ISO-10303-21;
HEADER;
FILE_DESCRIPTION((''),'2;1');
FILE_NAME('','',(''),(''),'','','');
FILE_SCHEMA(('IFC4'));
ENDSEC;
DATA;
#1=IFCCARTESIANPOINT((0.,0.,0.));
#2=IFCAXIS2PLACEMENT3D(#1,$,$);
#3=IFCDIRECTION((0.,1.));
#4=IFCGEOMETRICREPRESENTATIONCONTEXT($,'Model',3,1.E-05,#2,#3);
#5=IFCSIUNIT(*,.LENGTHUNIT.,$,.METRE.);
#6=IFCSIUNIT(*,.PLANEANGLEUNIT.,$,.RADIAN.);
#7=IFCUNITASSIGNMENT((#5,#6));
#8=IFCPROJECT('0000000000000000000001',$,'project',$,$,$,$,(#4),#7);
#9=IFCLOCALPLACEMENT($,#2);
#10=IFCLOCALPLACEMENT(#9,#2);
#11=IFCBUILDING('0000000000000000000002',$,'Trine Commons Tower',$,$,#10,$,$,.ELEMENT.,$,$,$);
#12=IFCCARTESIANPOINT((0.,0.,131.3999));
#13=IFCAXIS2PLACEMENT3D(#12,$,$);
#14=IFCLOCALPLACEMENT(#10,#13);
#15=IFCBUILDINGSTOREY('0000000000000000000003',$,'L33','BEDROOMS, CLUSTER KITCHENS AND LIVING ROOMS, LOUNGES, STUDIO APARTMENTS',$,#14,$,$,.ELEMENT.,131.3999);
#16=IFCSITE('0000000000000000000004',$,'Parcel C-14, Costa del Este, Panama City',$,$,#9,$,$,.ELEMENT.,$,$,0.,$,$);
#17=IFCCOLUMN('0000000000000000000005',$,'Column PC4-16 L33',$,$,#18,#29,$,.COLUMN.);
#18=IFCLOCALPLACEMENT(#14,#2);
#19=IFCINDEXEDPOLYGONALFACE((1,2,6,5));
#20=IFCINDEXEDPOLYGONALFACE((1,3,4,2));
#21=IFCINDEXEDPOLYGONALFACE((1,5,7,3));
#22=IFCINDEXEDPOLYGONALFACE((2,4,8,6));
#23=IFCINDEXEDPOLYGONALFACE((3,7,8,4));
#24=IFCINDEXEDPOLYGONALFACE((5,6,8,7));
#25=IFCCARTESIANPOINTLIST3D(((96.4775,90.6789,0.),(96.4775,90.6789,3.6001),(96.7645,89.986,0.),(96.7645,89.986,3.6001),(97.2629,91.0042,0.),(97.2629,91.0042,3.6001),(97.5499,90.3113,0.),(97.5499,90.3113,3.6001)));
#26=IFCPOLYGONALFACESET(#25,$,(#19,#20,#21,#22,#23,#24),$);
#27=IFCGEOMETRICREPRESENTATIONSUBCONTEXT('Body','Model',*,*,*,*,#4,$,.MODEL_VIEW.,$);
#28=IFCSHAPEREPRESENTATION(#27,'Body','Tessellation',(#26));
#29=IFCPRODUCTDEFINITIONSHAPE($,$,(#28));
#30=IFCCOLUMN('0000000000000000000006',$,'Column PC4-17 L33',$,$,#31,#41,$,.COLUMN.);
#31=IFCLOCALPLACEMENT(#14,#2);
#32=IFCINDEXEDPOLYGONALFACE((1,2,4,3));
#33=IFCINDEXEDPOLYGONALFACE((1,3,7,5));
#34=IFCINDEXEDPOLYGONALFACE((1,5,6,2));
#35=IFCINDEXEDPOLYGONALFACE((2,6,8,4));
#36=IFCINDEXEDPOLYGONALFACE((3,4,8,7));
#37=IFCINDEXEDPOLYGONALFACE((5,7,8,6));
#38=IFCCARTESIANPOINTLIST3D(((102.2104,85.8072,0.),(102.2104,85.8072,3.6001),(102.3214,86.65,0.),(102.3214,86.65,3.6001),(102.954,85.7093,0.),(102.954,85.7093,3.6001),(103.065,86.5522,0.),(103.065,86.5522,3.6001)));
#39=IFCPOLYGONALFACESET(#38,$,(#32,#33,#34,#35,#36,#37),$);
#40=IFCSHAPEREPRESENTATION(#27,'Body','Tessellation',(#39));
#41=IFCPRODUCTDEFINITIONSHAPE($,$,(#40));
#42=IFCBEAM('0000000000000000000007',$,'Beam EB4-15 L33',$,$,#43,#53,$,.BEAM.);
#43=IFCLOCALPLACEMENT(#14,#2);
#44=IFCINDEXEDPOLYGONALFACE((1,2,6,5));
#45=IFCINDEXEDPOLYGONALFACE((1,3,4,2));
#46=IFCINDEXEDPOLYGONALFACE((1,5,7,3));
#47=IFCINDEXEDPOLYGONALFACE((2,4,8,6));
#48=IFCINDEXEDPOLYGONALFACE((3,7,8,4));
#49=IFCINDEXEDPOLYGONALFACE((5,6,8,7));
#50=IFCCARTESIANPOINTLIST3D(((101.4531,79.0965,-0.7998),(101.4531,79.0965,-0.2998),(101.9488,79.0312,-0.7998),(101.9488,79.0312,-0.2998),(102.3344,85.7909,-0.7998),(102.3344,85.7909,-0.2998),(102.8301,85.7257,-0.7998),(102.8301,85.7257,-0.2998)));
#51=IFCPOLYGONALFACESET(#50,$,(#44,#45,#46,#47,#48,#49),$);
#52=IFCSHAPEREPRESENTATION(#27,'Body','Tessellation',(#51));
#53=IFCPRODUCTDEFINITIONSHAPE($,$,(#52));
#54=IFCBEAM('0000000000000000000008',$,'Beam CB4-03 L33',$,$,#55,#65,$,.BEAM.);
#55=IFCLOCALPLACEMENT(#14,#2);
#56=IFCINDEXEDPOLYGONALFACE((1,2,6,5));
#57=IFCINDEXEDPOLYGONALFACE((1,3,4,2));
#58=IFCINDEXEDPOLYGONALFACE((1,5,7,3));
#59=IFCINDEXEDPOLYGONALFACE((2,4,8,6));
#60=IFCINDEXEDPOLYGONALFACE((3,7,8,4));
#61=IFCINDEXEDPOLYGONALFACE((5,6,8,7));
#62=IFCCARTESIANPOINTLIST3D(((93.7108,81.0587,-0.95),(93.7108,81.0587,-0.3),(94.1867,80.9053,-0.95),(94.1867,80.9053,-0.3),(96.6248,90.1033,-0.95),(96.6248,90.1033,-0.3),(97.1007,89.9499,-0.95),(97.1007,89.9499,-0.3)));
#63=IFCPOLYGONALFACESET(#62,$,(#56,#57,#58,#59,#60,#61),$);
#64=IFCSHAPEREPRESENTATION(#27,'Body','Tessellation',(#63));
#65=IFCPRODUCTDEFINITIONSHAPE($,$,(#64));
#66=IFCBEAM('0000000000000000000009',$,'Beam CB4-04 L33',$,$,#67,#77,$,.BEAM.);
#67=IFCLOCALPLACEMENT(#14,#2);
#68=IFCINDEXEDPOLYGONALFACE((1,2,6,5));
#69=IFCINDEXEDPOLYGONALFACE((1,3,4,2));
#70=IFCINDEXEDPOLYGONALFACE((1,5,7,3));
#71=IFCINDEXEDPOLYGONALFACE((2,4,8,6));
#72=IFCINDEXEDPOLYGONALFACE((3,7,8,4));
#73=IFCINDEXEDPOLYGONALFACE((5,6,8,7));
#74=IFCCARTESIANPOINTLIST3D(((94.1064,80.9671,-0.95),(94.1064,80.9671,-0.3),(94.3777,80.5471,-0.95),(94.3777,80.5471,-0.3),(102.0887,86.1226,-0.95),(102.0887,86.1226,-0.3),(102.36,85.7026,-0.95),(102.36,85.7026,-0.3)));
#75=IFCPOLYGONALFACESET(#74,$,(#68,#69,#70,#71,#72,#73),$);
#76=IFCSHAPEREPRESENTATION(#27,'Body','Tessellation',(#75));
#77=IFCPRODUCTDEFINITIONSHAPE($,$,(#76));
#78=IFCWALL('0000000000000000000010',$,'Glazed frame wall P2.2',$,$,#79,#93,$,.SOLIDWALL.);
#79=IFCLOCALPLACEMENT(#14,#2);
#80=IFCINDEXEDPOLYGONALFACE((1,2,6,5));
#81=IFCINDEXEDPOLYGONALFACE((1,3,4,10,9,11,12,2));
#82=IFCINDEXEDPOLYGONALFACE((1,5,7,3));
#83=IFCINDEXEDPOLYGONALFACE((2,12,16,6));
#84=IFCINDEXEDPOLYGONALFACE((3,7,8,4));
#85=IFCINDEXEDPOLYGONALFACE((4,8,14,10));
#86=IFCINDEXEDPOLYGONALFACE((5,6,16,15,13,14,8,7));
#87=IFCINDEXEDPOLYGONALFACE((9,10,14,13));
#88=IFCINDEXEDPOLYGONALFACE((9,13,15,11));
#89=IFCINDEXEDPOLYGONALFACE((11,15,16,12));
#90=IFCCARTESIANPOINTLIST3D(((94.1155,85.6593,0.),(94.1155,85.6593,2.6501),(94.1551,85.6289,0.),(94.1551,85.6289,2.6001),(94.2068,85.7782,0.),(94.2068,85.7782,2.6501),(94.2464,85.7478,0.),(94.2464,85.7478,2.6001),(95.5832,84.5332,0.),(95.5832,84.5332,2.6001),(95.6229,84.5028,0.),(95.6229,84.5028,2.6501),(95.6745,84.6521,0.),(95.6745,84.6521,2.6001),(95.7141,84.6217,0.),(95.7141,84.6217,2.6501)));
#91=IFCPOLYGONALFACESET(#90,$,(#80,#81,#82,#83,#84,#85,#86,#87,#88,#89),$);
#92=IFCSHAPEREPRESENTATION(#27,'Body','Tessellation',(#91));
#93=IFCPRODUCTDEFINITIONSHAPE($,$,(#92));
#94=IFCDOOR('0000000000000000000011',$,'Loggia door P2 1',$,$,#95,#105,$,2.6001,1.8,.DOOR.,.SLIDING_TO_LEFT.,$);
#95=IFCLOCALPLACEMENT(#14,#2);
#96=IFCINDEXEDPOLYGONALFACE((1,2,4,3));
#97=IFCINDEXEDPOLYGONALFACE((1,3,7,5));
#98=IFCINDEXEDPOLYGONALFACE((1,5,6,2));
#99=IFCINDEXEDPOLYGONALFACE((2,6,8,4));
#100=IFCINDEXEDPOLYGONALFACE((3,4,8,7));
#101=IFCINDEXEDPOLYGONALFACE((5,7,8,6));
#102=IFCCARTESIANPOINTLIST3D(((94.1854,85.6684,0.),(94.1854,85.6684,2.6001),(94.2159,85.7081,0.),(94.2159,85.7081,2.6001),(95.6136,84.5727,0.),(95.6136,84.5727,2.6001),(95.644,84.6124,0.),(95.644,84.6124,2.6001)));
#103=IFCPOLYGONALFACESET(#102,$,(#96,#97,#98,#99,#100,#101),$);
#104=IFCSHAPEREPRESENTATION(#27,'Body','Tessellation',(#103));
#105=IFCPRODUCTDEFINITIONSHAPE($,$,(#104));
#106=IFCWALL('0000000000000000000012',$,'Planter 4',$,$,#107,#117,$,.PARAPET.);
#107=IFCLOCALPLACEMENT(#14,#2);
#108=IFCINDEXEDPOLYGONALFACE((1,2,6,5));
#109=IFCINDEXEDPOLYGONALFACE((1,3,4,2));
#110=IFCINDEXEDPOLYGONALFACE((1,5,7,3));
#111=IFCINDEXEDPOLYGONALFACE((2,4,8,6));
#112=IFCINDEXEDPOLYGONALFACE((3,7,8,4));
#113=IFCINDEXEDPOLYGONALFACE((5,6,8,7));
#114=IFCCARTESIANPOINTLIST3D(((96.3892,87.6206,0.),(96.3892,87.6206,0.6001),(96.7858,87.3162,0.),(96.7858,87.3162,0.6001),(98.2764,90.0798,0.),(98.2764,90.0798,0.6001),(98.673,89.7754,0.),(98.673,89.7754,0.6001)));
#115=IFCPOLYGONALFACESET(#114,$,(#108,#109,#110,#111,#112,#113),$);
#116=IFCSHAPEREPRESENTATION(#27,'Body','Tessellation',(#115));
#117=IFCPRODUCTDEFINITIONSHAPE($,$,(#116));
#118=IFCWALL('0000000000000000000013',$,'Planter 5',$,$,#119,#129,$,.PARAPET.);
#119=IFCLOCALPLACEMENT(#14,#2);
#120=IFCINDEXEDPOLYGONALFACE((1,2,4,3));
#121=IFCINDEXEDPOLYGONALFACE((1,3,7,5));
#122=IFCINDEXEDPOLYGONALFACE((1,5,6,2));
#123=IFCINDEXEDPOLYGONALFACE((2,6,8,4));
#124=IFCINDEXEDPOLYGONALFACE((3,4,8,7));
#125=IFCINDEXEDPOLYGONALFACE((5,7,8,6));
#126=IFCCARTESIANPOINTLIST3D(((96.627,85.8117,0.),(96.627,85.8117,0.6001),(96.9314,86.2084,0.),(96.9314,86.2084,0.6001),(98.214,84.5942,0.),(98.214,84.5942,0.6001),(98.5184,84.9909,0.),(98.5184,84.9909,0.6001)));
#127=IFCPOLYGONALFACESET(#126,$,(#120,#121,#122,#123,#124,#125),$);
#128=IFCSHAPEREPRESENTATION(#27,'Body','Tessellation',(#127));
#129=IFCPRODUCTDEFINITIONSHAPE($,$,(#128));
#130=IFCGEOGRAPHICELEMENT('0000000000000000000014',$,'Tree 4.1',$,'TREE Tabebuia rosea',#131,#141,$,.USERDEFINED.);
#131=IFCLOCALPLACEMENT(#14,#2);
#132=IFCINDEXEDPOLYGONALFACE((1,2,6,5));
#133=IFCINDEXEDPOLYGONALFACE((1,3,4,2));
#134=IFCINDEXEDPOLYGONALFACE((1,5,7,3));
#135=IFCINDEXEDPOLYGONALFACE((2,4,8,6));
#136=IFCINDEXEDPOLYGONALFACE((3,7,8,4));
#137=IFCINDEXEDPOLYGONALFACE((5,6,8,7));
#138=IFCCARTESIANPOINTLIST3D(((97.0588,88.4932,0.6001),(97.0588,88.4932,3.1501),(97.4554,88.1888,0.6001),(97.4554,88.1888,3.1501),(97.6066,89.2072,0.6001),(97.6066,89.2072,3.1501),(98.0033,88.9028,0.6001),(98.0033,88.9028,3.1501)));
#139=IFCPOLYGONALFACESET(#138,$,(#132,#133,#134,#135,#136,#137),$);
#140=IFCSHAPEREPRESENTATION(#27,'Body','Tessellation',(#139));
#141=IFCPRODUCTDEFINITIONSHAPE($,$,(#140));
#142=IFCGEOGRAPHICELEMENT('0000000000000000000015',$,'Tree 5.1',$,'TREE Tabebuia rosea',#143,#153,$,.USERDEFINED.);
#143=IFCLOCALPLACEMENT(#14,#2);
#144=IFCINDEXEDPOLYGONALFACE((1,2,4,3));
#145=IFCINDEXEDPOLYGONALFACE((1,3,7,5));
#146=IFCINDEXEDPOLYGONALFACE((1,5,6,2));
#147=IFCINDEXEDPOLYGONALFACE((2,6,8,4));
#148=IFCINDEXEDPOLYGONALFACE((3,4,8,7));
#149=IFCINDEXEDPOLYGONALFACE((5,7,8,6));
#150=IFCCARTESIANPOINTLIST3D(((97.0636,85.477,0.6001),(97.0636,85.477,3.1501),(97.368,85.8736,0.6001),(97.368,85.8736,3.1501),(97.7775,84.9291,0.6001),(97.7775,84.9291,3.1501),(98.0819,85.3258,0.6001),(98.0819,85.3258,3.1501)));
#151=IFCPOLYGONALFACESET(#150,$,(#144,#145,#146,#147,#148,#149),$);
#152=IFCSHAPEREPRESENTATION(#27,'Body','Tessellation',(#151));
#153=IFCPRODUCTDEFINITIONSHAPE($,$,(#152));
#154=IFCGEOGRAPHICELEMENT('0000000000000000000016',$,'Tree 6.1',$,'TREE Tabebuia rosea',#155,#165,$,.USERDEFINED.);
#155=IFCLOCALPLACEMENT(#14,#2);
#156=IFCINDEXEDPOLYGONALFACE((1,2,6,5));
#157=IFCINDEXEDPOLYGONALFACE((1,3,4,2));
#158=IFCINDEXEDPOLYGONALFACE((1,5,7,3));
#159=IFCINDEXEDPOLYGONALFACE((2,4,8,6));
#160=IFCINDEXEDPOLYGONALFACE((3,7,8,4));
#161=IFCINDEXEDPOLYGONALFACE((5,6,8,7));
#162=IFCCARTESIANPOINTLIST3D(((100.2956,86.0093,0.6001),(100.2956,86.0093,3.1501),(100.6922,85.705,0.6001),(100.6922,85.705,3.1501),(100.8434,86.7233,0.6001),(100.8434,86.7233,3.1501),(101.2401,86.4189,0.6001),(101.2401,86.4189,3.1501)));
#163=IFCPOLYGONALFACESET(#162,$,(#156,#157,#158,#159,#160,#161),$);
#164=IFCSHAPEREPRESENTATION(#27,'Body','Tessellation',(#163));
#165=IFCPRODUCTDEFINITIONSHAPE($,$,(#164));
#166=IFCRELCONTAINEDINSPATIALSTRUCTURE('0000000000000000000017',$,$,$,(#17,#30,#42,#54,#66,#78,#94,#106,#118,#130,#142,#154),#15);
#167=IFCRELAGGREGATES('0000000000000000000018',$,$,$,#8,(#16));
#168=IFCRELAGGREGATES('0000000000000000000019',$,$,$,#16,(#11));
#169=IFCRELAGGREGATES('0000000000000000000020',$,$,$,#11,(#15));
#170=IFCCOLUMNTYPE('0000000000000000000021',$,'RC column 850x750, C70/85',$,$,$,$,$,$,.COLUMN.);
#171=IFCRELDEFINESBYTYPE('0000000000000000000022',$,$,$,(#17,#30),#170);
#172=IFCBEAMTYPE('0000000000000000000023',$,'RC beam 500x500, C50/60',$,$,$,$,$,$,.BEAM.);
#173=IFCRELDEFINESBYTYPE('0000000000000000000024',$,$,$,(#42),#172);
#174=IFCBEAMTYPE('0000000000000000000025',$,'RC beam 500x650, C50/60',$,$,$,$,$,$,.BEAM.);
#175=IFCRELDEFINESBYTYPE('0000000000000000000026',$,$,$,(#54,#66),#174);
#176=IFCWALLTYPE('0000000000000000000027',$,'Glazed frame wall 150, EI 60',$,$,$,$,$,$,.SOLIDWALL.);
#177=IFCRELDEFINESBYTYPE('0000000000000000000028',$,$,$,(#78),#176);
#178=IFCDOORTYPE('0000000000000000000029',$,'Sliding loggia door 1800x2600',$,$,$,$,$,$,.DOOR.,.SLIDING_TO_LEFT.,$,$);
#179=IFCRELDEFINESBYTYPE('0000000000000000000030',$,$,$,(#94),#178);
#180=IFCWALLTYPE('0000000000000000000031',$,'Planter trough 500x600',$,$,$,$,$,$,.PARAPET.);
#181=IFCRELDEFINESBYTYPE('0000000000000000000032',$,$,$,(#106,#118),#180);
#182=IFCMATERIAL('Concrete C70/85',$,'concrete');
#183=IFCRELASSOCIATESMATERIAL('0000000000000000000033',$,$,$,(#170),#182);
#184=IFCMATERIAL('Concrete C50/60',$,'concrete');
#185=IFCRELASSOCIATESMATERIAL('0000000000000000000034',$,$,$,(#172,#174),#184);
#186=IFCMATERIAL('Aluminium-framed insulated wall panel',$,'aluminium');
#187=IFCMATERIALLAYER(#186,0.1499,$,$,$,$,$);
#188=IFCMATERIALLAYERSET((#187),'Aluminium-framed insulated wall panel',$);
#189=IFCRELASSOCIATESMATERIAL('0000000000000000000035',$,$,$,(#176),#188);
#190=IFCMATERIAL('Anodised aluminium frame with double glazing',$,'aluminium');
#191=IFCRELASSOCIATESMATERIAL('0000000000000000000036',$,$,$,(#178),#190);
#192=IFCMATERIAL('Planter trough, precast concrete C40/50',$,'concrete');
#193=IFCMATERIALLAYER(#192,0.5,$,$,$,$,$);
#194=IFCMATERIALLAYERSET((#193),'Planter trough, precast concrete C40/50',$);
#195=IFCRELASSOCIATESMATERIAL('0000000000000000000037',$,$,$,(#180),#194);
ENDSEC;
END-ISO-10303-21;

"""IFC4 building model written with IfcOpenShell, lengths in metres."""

from ifc_helpers import new_model, si_unit, direction, frame, frame_2d, origin, origin_2d, place, context, subcontext, project, spatial, polyline, rectangle, outline, extrude, material, layer, layer_set, material_profile, profile_set, type_object, element, fill, save


model = new_model("IFC4")

# Units and contexts
model_context = context("Model", 3, precision=1e-05, world=origin(), true_north=direction((0.0, 1.0)))
body_context = subcontext(model_context, "Body", "Model", "MODEL_VIEW")
ifc_project = project(units=[si_unit("LENGTHUNIT", "METRE"), si_unit("PLANEANGLEUNIT", "RADIAN")], contexts=[model_context])

# Site, building, storey
site_placement = place(None, origin())
site = spatial("IfcSite", under=ifc_project, at=site_placement, Name="Parcel C-14, Costa del Este, Panama City", CompositionType="ELEMENT", RefElevation=0.0)
building_placement = place(site_placement, origin())
building = spatial("IfcBuilding", under=site, at=building_placement, Name="Trine Commons Tower", CompositionType="ELEMENT")
storey_placement = place(building_placement, frame((0.0, 0.0, 131.3999)))
storey = spatial("IfcBuildingStorey", under=building, at=storey_placement, Name="L33", Description="BEDROOMS, CLUSTER KITCHENS AND LIVING ROOMS, LOUNGES, STUDIO APARTMENTS", CompositionType="ELEMENT", Elevation=131.3999)

# Columns
ifc_material_1 = material(Name="Concrete C70/85", Category="concrete")
ifc_material_profile_1 = material_profile(ifc_material_1, rectangle(XDim=0.8501, YDim=0.75, at=origin_2d()), Name="RC 850x750")
ifc_profile_set_1 = profile_set([ifc_material_profile_1], Name="Concrete C70/85")
column_type = type_object("IfcColumnType", Name="RC column 850x750, C70/85", PredefinedType="COLUMN", material=ifc_profile_set_1)
for number, where, z_axis, x_axis, name in (
    (1, (97.0137, 90.4951, 0.0), (0.0, 0.0, 1.0), (0.92388, 0.382683, 0.0), "Column PC4-16 L33"),
    (2, (102.6377, 86.1797, 0.0), (0.0, 0.0, 1.0), (0.130526, 0.991445, 0.0), "Column PC4-17 L33"),
):
    element("IfcColumn", number, at=place(storey_placement, frame(where, z_axis=z_axis, x_axis=x_axis)), inside=storey, type_object=column_type, Name=name, PredefinedType="COLUMN", context=body_context, shape_type="SweptSolid", body=[
        extrude(rectangle(XDim=0.8501, YDim=0.75, at=origin_2d()), origin(), (0.0, 0.0, 1.0), 3.6001),
    ])

# Beams
ifc_material_2 = material(Name="Concrete C50/60", Category="concrete")
ifc_material_profile_2 = material_profile(ifc_material_2, rectangle(XDim=0.5, YDim=0.5, at=origin_2d()), Name="RC 500x500")
ifc_profile_set_2 = profile_set([ifc_material_profile_2], Name="Concrete C50/60")
beam_type_1 = type_object("IfcBeamType", Name="RC beam 500x500, C50/60", PredefinedType="BEAM", material=ifc_profile_set_2)
beam_placement = place(storey_placement, frame((102.5823, 85.7583, -0.5498), z_axis=(-0.130529, -0.991444, 0.0), x_axis=(0.991444, -0.130529, 0.0)))
element("IfcBeam", 3, at=beam_placement, inside=storey, type_object=beam_type_1, Name="Beam EB4-15 L33", PredefinedType="BEAM", context=body_context, shape_type="SweptSolid", body=[
    extrude(rectangle(XDim=0.5, YDim=0.5, at=origin_2d()), origin(), (0.0, 0.0, 1.0), 6.7522),
])
ifc_material_profile_3 = material_profile(ifc_material_2, rectangle(XDim=0.5, YDim=0.6499, at=origin_2d()), Name="RC 500x650")
ifc_profile_set_3 = profile_set([ifc_material_profile_3], Name="Concrete C50/60")
beam_type_2 = type_object("IfcBeamType", Name="RC beam 500x650, C50/60", PredefinedType="BEAM", material=ifc_profile_set_3)
for number, where, z_axis, x_axis, name in (
    (4, (96.8628, 90.0266, -0.625), (-0.306662, -0.951818, 0.0), (0.951818, -0.306662, 0.0), "Beam CB4-03 L33"),
    (5, (102.2244, 85.9126, -0.625), (-0.84003, -0.542541, 0.0), (0.542541, -0.84003, 0.0), "Beam CB4-04 L33"),
):
    element("IfcBeam", number, at=place(storey_placement, frame(where, z_axis=z_axis, x_axis=x_axis)), inside=storey, type_object=beam_type_2, Name=name, PredefinedType="BEAM", context=body_context, shape_type="SweptSolid", body=[
        extrude(rectangle(XDim=0.5, YDim=0.6499, at=origin_2d()), origin(), (0.0, 0.0, 1.0), 9.5024),
    ])

# Shared definitions
ifc_material_3 = material(Name="Aluminium-framed insulated wall panel", Category="aluminium")
ifc_layer_1 = layer(ifc_material_3, 0.1499)
ifc_layer_set_1 = layer_set([ifc_layer_1], Name="Aluminium-framed insulated wall panel")
wall_type_1 = type_object("IfcWallType", Name="Glazed frame wall 150, EI 60", PredefinedType="SOLIDWALL", material=ifc_layer_set_1)

# Wall, opening, door
wall_1_placement = place(storey_placement, frame((94.1611, 85.7188, 0.0), z_axis=(0.0, 0.0, 1.0), x_axis=(0.793383, -0.608723, 0.0)))
wall_1 = element("IfcWall", 6, at=wall_1_placement, inside=storey, type_object=wall_type_1, Name="Glazed frame wall P2.2", PredefinedType="SOLIDWALL", context=body_context, shape_type="SweptSolid", body=[
    extrude(outline(polyline([(0.0, -0.075), (1.8999, -0.075), (1.8999, 0.075), (0.0, 0.075), (0.0, -0.075)])), origin(), (0.0, 0.0, 1.0), 2.6501),
])
opening_placement = place(wall_1_placement, frame((0.05, 0.0, 0.0)))
opening = element("IfcOpeningElement", 7, at=opening_placement, cuts=wall_1, PredefinedType="OPENING", context=body_context, shape_type="SweptSolid", body=[
    extrude(rectangle(XDim=1.8, YDim=2.6001, at=frame_2d((0.8999, 1.3))), frame((0.0, 0.085, 0.0), z_axis=(0.0, -1.0, 0.0), x_axis=(1.0, 0.0, 0.0)), (0.0, 0.0, 1.0), 0.1699),
])
ifc_material_4 = material(Name="Anodised aluminium frame with double glazing", Category="aluminium")
door_type = type_object("IfcDoorType", Name="Sliding loggia door 1800x2600", OperationType="SLIDING_TO_LEFT", PredefinedType="DOOR", material=ifc_material_4)
door_placement = place(opening_placement, origin())
door = element("IfcDoor", 8, at=door_placement, inside=storey, type_object=door_type, Name="Loggia door P2 1", OperationType="SLIDING_TO_LEFT", OverallHeight=2.6001, OverallWidth=1.8, PredefinedType="DOOR", context=body_context, shape_type="SweptSolid", body=[
    extrude(rectangle(XDim=1.8, YDim=2.6001, at=frame_2d((0.8999, 1.3))), frame((0.0, 0.0249, 0.0), z_axis=(0.0, -1.0, 0.0), x_axis=(1.0, 0.0, 0.0)), (0.0, 0.0, 1.0), 0.05),
])
fill(opening, door)

# Walls
ifc_material_5 = material(Name="Planter trough, precast concrete C40/50", Category="concrete")
ifc_layer_2 = layer(ifc_material_5, 0.5)
ifc_layer_set_2 = layer_set([ifc_layer_2], Name="Planter trough, precast concrete C40/50")
wall_type_2 = type_object("IfcWallType", Name="Planter trough 500x600", PredefinedType="PARAPET", material=ifc_layer_set_2)
wall_2_placement = place(storey_placement, frame((98.4746, 89.9275, 0.0), z_axis=(0.0, 0.0, 1.0), x_axis=(-0.608797, -0.793326, 0.0)))
element("IfcWall", 9, at=wall_2_placement, inside=storey, type_object=wall_type_2, Name="Planter 4", PredefinedType="PARAPET", context=body_context, shape_type="SweptSolid", body=[
    extrude(rectangle(XDim=3.0999, YDim=0.5, at=frame_2d((1.5498, 0.0))), origin(), (0.0, 0.0, 1.0), 0.6001),
])
wall_3_placement = place(storey_placement, frame((96.7793, 86.01, 0.0), z_axis=(0.0, 0.0, 1.0), x_axis=(0.79339, -0.608713, 0.0)))
element("IfcWall", 10, at=wall_3_placement, inside=storey, type_object=wall_type_2, Name="Planter 5", PredefinedType="PARAPET", context=body_context, shape_type="SweptSolid", body=[
    extrude(rectangle(XDim=2.0002, YDim=0.5, at=frame_2d((1.0, 0.0))), origin(), (0.0, 0.0, 1.0), 0.6001),
])

# Geographic elements
for number, where, z_axis, x_axis, name in (
    (11, (97.531, 88.698, 0.6001), (0.0, 0.0, 1.0), (-0.608755, -0.793359, 0.0), "Tree 4.1"),
    (12, (97.5728, 85.4014, 0.6001), (0.0, 0.0, 1.0), (0.793335, -0.608785, 0.0), "Tree 5.1"),
    (13, (100.7678, 86.2141, 0.6001), (0.0, 0.0, 1.0), (0.608768, 0.793348, 0.0), "Tree 6.1"),
):
    element("IfcGeographicElement", number, at=place(storey_placement, frame(where, z_axis=z_axis, x_axis=x_axis)), inside=storey, Name=name, ObjectType="TREE Tabebuia rosea", PredefinedType="USERDEFINED", context=body_context, shape_type="SweptSolid", body=[
        extrude(rectangle(XDim=0.8999, YDim=0.5, at=origin_2d()), origin(), (0.0, 0.0, 1.0), 2.55),
    ])

save(model, "model.ifc")
